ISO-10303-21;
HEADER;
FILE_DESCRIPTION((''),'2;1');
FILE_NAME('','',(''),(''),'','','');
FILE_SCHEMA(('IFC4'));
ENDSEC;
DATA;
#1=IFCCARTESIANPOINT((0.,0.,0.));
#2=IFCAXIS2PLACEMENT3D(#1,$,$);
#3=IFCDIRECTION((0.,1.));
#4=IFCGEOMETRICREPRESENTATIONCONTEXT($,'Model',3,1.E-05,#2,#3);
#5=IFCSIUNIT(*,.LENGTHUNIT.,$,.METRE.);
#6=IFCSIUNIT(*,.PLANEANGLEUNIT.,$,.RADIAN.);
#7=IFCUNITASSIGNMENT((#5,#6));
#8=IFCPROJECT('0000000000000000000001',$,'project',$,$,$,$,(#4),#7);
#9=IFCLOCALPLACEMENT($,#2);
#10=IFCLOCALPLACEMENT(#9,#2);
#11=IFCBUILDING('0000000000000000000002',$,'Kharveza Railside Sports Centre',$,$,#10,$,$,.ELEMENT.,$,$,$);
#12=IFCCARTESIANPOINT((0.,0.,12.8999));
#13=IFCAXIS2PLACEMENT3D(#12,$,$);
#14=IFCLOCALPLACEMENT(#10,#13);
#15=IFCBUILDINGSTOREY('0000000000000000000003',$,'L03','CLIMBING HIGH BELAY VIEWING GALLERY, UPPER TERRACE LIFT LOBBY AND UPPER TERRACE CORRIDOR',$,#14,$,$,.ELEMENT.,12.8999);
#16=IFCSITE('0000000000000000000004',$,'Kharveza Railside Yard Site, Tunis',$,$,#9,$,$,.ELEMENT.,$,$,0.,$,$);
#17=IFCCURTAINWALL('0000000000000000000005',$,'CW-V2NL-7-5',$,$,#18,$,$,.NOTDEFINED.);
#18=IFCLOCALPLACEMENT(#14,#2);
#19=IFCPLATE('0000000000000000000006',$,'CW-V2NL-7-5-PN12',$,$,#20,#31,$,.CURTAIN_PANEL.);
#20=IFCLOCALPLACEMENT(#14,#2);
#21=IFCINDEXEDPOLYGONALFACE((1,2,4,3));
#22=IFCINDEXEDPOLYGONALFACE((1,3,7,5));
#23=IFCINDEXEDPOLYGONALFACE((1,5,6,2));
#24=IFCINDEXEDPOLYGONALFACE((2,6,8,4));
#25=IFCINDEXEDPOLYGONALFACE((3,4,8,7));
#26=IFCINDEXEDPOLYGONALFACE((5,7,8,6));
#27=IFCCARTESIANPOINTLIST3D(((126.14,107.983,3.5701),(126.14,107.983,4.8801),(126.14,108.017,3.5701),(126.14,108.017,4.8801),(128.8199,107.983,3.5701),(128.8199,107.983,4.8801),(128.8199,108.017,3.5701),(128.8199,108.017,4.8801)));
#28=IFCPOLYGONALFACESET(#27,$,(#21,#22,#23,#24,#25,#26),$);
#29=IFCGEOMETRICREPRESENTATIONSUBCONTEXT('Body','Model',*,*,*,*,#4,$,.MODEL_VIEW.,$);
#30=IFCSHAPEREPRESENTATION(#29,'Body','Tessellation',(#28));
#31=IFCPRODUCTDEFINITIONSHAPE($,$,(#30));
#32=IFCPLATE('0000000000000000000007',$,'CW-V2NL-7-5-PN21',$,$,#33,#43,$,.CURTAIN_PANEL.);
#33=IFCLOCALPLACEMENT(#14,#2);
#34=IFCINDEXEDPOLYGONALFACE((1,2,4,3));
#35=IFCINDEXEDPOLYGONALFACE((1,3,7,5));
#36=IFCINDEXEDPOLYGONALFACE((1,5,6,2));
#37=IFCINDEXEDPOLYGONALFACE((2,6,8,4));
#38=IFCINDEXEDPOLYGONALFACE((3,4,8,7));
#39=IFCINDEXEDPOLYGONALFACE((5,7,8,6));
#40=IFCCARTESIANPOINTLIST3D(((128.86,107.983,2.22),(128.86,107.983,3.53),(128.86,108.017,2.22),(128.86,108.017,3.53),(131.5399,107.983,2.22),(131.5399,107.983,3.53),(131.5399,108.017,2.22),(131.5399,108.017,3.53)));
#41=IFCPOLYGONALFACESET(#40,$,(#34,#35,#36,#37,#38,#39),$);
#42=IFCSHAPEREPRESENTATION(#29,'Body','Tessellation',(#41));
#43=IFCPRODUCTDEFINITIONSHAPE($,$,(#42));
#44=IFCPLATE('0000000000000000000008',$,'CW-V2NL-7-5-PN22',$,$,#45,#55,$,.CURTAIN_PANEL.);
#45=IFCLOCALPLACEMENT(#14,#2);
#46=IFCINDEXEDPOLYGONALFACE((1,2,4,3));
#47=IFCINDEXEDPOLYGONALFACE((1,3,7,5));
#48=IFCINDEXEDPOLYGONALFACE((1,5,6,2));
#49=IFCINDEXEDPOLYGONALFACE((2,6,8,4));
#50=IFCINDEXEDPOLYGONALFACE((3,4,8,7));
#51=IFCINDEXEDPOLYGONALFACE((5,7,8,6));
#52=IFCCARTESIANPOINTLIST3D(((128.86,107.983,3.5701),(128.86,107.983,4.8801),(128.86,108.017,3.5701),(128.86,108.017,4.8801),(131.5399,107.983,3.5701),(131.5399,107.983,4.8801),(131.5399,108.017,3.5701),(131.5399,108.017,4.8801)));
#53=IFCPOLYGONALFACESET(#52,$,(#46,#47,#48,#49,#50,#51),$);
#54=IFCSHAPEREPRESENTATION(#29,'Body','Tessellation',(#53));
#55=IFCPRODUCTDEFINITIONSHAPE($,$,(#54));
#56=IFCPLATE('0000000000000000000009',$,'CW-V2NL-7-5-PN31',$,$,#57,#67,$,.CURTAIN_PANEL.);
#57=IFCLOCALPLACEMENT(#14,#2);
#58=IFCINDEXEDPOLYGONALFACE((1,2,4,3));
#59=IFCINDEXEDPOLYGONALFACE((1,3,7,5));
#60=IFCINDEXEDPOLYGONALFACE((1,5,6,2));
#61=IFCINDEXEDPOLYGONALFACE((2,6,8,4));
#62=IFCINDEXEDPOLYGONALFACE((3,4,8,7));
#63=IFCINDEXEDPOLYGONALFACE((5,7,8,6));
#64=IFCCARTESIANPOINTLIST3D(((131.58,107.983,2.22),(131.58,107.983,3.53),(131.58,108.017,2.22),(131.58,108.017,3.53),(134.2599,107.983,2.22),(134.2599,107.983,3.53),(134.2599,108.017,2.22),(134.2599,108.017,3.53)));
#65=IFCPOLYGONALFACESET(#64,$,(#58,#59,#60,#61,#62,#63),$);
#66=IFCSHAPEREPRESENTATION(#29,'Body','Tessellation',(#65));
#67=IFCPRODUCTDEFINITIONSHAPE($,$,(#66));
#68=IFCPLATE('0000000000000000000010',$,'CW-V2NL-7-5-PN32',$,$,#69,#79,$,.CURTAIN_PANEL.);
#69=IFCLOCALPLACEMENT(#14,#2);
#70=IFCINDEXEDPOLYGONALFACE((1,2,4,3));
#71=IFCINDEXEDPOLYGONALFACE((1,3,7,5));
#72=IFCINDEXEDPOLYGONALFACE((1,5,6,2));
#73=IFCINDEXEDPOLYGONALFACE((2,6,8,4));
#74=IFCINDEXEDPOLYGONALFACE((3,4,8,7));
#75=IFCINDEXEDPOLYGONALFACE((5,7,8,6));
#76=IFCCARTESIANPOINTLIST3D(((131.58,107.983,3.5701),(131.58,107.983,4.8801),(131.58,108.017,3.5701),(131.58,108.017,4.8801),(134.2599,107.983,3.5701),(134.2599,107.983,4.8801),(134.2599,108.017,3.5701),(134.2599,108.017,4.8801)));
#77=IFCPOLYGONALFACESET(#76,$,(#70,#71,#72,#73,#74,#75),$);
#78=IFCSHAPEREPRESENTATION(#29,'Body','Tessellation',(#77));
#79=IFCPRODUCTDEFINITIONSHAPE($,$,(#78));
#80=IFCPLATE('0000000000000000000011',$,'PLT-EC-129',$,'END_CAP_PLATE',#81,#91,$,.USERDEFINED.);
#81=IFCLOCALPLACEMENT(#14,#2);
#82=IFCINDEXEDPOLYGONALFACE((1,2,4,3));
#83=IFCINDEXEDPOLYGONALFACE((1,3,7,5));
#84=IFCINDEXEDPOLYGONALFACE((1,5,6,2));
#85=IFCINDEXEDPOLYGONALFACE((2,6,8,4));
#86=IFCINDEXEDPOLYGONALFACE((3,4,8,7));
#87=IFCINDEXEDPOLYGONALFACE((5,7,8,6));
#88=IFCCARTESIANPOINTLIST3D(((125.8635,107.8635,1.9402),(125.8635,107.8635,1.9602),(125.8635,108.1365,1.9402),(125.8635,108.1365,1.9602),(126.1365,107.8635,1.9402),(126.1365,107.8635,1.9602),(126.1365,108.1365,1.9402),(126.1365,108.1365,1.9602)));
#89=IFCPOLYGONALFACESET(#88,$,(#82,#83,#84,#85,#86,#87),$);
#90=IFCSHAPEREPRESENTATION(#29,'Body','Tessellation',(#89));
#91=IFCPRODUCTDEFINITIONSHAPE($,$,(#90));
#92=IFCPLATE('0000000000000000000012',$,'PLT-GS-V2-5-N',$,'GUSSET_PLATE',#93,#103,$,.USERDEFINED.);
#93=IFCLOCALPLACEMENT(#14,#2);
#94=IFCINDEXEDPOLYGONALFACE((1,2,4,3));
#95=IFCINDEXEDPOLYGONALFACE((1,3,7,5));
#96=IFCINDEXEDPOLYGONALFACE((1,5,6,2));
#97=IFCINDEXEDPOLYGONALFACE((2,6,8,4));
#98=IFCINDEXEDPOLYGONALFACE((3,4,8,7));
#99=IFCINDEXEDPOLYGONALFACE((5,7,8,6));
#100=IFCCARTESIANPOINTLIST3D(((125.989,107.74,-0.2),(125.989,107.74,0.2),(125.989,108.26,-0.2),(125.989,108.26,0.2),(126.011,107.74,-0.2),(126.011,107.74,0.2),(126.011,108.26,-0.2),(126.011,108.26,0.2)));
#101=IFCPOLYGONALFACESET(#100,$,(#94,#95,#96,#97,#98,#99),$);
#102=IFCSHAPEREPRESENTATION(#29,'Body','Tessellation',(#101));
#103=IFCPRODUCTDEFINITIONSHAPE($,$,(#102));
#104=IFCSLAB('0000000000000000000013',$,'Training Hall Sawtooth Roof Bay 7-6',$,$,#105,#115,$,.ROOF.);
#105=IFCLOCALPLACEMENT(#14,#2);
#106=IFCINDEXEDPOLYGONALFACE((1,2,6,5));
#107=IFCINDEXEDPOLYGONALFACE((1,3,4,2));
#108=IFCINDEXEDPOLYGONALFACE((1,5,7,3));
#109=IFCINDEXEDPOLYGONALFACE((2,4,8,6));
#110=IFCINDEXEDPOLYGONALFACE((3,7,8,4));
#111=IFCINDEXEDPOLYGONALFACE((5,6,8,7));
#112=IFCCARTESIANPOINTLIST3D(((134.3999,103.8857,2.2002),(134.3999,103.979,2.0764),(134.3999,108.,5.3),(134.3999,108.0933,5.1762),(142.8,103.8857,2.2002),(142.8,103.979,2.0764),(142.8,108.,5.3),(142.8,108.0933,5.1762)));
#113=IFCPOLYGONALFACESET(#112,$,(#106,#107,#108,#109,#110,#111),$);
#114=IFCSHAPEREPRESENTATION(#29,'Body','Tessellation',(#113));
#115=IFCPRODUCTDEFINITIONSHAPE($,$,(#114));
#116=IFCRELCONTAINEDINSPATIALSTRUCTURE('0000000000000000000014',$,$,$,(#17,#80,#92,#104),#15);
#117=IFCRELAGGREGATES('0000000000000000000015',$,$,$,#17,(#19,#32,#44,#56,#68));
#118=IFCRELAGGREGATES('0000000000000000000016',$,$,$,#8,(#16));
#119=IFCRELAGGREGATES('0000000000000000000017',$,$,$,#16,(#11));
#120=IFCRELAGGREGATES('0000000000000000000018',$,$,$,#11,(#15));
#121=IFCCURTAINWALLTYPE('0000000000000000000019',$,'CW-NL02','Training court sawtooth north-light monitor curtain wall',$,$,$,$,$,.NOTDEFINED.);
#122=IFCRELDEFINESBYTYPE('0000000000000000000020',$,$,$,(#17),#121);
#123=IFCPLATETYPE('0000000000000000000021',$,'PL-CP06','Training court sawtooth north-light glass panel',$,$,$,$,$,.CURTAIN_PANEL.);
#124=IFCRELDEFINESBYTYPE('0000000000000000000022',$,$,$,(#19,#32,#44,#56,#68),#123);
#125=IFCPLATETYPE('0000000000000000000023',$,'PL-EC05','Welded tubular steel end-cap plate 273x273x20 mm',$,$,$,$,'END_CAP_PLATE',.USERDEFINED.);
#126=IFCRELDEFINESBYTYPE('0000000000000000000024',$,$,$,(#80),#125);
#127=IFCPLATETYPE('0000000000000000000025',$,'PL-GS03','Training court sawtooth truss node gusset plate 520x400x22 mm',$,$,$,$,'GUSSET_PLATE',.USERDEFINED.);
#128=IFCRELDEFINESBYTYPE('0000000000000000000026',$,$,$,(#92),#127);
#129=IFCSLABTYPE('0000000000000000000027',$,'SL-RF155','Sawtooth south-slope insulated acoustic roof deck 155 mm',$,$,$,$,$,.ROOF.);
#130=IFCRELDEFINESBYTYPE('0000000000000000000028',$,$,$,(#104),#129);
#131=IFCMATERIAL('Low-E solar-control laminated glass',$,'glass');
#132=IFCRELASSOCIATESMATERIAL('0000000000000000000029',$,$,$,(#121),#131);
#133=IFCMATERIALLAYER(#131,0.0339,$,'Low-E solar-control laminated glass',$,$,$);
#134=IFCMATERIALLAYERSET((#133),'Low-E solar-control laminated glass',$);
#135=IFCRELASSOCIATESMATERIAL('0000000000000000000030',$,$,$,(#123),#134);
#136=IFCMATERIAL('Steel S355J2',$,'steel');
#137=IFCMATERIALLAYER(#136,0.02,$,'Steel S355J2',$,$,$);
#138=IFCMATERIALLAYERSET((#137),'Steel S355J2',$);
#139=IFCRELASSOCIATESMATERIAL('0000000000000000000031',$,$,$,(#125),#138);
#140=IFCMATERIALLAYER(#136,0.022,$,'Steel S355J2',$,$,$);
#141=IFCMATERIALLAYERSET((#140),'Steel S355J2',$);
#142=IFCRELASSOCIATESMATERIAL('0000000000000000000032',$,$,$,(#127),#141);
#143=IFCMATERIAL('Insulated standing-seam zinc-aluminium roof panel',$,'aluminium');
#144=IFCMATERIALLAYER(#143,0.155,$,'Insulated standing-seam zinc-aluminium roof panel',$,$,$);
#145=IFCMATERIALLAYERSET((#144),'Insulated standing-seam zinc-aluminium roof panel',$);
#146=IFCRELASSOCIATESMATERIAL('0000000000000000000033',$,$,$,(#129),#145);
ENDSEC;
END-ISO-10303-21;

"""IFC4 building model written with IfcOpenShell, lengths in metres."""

from ifc_helpers import new_model, si_unit, direction, frame, origin, origin_2d, place, context, subcontext, project, spatial, polyline, rectangle, outline, extrude, material, layer, layer_set, type_object, element, aggregate, save


model = new_model("IFC4")

# Units and contexts
model_context = context("Model", 3, precision=1e-05, world=origin(), true_north=direction((0.0, 1.0)))
body_context = subcontext(model_context, "Body", "Model", "MODEL_VIEW")
ifc_project = project(units=[si_unit("LENGTHUNIT", "METRE"), si_unit("PLANEANGLEUNIT", "RADIAN")], contexts=[model_context])

# Site, building, storey
site_placement = place(None, origin())
site = spatial("IfcSite", under=ifc_project, at=site_placement, Name="Kharveza Railside Yard Site, Tunis", CompositionType="ELEMENT", RefElevation=0.0)
building_placement = place(site_placement, origin())
building = spatial("IfcBuilding", under=site, at=building_placement, Name="Kharveza Railside Sports Centre", CompositionType="ELEMENT")
storey_placement = place(building_placement, frame((0.0, 0.0, 12.8999)))
storey = spatial("IfcBuildingStorey", under=building, at=storey_placement, Name="L03", Description="CLIMBING HIGH BELAY VIEWING GALLERY, UPPER TERRACE LIFT LOBBY AND UPPER TERRACE CORRIDOR", CompositionType="ELEMENT", Elevation=12.8999)

# Shared definitions
ifc_material_1 = material(Name="Steel S355J2", Category="steel")

# Curtain wall
ifc_material_2 = material(Name="Low-E solar-control laminated glass", Category="glass")
curtain_wall_type = type_object("IfcCurtainWallType", Name="CW-NL02", Description="Training court sawtooth north-light monitor curtain wall", PredefinedType="NOTDEFINED", material=ifc_material_2)
curtain_wall_1_placement = place(storey_placement, origin())
curtain_wall_1 = element("IfcCurtainWall", 1, at=curtain_wall_1_placement, inside=storey, type_object=curtain_wall_type, Name="CW-V2NL-7-5", PredefinedType="NOTDEFINED")

# Plates
ifc_layer_1 = layer(ifc_material_2, 0.0339, Name="Low-E solar-control laminated glass")
ifc_layer_set_1 = layer_set([ifc_layer_1], Name="Low-E solar-control laminated glass")
plate_type_1 = type_object("IfcPlateType", Name="PL-CP06", Description="Training court sawtooth north-light glass panel", PredefinedType="CURTAIN_PANEL", material=ifc_layer_set_1)
plate_1_placement = place(storey_placement, frame((127.48, 108.0, 3.5701), z_axis=(0.0, 0.0, 1.0), x_axis=(1.0, 0.0, 0.0)))
plate_1 = element("IfcPlate", 2, at=plate_1_placement, type_object=plate_type_1, Name="CW-V2NL-7-5-PN12", PredefinedType="CURTAIN_PANEL", context=body_context, shape_type="SweptSolid", body=[
    extrude(rectangle(XDim=2.6799, YDim=0.0339, at=origin_2d()), origin(), (0.0, 0.0, 1.0), 1.3101),
])
plate_2_placement = place(storey_placement, frame((130.2, 108.0, 2.22), z_axis=(0.0, 0.0, 1.0), x_axis=(1.0, 0.0, 0.0)))
plate_2 = element("IfcPlate", 3, at=plate_2_placement, type_object=plate_type_1, Name="CW-V2NL-7-5-PN21", PredefinedType="CURTAIN_PANEL", context=body_context, shape_type="SweptSolid", body=[
    extrude(rectangle(XDim=2.6799, YDim=0.0339, at=origin_2d()), origin(), (0.0, 0.0, 1.0), 1.3101),
])
plate_3_placement = place(storey_placement, frame((130.2, 108.0, 3.5701), z_axis=(0.0, 0.0, 1.0), x_axis=(1.0, 0.0, 0.0)))
plate_3 = element("IfcPlate", 4, at=plate_3_placement, type_object=plate_type_1, Name="CW-V2NL-7-5-PN22", PredefinedType="CURTAIN_PANEL", context=body_context, shape_type="SweptSolid", body=[
    extrude(rectangle(XDim=2.6799, YDim=0.0339, at=origin_2d()), origin(), (0.0, 0.0, 1.0), 1.3101),
])
plate_4_placement = place(storey_placement, frame((132.9199, 108.0, 2.22), z_axis=(0.0, 0.0, 1.0), x_axis=(1.0, 0.0, 0.0)))
plate_4 = element("IfcPlate", 5, at=plate_4_placement, type_object=plate_type_1, Name="CW-V2NL-7-5-PN31", PredefinedType="CURTAIN_PANEL", context=body_context, shape_type="SweptSolid", body=[
    extrude(rectangle(XDim=2.6799, YDim=0.0339, at=origin_2d()), origin(), (0.0, 0.0, 1.0), 1.3101),
])
plate_5_placement = place(storey_placement, frame((132.9199, 108.0, 3.5701), z_axis=(0.0, 0.0, 1.0), x_axis=(1.0, 0.0, 0.0)))
plate_5 = element("IfcPlate", 6, at=plate_5_placement, type_object=plate_type_1, Name="CW-V2NL-7-5-PN32", PredefinedType="CURTAIN_PANEL", context=body_context, shape_type="SweptSolid", body=[
    extrude(rectangle(XDim=2.6799, YDim=0.0339, at=origin_2d()), origin(), (0.0, 0.0, 1.0), 1.3101),
])
aggregate(curtain_wall_1, [plate_1, plate_2, plate_3, plate_4, plate_5])

# Plates
ifc_layer_2 = layer(ifc_material_1, 0.02, Name="Steel S355J2")
ifc_layer_set_2 = layer_set([ifc_layer_2], Name="Steel S355J2")
plate_type_2 = type_object("IfcPlateType", Name="PL-EC05", Description="Welded tubular steel end-cap plate 273x273x20 mm", ElementType="END_CAP_PLATE", PredefinedType="USERDEFINED", material=ifc_layer_set_2)
plate_6_placement = place(storey_placement, frame((126.0, 108.0, 1.9402), z_axis=(0.0, 0.0, 1.0), x_axis=(1.0, 0.0, 0.0)))
element("IfcPlate", 7, at=plate_6_placement, inside=storey, type_object=plate_type_2, Name="PLT-EC-129", ObjectType="END_CAP_PLATE", PredefinedType="USERDEFINED", context=body_context, shape_type="SweptSolid", body=[
    extrude(rectangle(XDim=0.2729, YDim=0.2729, at=origin_2d()), origin(), (0.0, 0.0, 1.0), 0.02),
])
ifc_layer_3 = layer(ifc_material_1, 0.022, Name="Steel S355J2")
ifc_layer_set_3 = layer_set([ifc_layer_3], Name="Steel S355J2")
plate_type_3 = type_object("IfcPlateType", Name="PL-GS03", Description="Training court sawtooth truss node gusset plate 520x400x22 mm", ElementType="GUSSET_PLATE", PredefinedType="USERDEFINED", material=ifc_layer_set_3)
plate_7_placement = place(storey_placement, frame((126.0, 108.0, -0.2), z_axis=(0.0, 0.0, 1.0), x_axis=(1.0, 0.0, 0.0)))
element("IfcPlate", 8, at=plate_7_placement, inside=storey, type_object=plate_type_3, Name="PLT-GS-V2-5-N", ObjectType="GUSSET_PLATE", PredefinedType="USERDEFINED", context=body_context, shape_type="SweptSolid", body=[
    extrude(rectangle(XDim=0.022, YDim=0.52, at=origin_2d()), origin(), (0.0, 0.0, 1.0), 0.3999),
])

# Slab
ifc_material_3 = material(Name="Insulated standing-seam zinc-aluminium roof panel", Category="aluminium")
ifc_layer_4 = layer(ifc_material_3, 0.155, Name="Insulated standing-seam zinc-aluminium roof panel")
ifc_layer_set_4 = layer_set([ifc_layer_4], Name="Insulated standing-seam zinc-aluminium roof panel")
slab_type = type_object("IfcSlabType", Name="SL-RF155", Description="Sawtooth south-slope insulated acoustic roof deck 155 mm", PredefinedType="ROOF", material=ifc_layer_set_4)
slab_placement = place(storey_placement, frame((134.3999, 103.8857, 2.2002), z_axis=(0.0, -0.601758, 0.798679), x_axis=(1.0, 0.0, 0.0)))
element("IfcSlab", 9, at=slab_placement, inside=storey, type_object=slab_type, Name="Training Hall Sawtooth Roof Bay 7-6", PredefinedType="ROOF", context=body_context, shape_type="SweptSolid", body=[
    extrude(outline(polyline([(0.0, 0.0), (8.4001, 0.0), (8.4001, 5.1513), (0.0, 5.1513), (0.0, 0.0)])), origin(), (0.0, 0.0, -1.0), 0.155),
])

save(model, "model.ifc")
